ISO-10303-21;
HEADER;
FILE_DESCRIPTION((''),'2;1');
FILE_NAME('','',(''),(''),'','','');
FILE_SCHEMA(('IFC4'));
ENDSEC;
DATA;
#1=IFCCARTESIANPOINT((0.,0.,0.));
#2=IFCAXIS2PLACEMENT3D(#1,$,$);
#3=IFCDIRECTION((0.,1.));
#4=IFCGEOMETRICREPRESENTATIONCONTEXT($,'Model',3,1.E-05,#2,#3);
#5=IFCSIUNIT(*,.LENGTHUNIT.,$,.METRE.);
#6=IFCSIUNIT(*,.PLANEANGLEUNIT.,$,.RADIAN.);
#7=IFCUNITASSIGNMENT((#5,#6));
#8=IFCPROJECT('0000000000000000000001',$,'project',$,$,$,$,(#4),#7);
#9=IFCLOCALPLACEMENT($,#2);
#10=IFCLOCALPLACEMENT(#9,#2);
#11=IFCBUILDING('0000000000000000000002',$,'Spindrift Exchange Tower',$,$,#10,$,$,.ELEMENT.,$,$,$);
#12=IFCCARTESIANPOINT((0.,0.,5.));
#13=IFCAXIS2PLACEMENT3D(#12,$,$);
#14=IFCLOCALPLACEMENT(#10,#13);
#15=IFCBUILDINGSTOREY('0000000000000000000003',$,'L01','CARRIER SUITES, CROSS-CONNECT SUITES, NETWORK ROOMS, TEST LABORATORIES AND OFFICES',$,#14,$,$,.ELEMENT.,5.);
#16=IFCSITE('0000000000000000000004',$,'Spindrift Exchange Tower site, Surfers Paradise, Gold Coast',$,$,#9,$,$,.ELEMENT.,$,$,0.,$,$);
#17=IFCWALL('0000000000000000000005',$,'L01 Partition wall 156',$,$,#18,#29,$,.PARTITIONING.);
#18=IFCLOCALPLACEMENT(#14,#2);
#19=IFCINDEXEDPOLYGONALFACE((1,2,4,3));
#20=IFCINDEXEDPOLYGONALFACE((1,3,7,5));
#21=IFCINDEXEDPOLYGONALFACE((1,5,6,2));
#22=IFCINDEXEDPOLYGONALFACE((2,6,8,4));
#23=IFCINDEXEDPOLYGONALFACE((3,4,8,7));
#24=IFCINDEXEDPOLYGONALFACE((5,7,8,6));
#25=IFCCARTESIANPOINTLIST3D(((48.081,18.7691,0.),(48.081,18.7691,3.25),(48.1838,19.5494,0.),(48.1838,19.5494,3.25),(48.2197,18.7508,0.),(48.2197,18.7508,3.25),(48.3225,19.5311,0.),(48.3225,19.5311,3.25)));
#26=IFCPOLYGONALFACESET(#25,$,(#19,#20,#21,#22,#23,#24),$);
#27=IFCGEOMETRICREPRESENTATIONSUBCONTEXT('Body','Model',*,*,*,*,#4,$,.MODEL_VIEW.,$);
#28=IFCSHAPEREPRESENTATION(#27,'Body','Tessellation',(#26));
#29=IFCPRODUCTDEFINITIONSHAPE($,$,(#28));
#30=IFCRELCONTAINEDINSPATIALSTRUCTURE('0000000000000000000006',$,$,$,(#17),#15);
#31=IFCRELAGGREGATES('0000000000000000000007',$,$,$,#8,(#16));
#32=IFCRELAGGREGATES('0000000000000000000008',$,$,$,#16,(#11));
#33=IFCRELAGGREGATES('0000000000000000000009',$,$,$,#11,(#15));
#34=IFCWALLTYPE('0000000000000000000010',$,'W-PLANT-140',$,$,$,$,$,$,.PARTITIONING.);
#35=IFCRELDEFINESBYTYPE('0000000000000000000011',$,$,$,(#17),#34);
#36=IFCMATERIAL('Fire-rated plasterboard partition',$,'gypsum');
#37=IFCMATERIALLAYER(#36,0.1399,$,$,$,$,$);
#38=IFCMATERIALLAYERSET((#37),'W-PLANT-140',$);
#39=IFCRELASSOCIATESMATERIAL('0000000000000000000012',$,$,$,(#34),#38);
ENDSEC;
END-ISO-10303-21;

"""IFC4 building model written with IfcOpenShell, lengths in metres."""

from ifc_helpers import new_model, si_unit, direction, frame, frame_2d, origin, place, context, subcontext, project, spatial, rectangle, extrude, material, layer, layer_set, type_object, element, save


model = new_model("IFC4")

# Units and contexts
model_context = context("Model", 3, precision=1e-05, world=origin(), true_north=direction((0.0, 1.0)))
body_context = subcontext(model_context, "Body", "Model", "MODEL_VIEW")
ifc_project = project(units=[si_unit("LENGTHUNIT", "METRE"), si_unit("PLANEANGLEUNIT", "RADIAN")], contexts=[model_context])

# Site, building, storey
site_placement = place(None, origin())
site = spatial("IfcSite", under=ifc_project, at=site_placement, Name="Spindrift Exchange Tower site, Surfers Paradise, Gold Coast", CompositionType="ELEMENT", RefElevation=0.0)
building_placement = place(site_placement, origin())
building = spatial("IfcBuilding", under=site, at=building_placement, Name="Spindrift Exchange Tower", CompositionType="ELEMENT")
storey_placement = place(building_placement, frame((0.0, 0.0, 5.0)))
storey = spatial("IfcBuildingStorey", under=building, at=storey_placement, Name="L01", Description="CARRIER SUITES, CROSS-CONNECT SUITES, NETWORK ROOMS, TEST LABORATORIES AND OFFICES", CompositionType="ELEMENT", Elevation=5.0)

# Wall
ifc_material_1 = material(Name="Fire-rated plasterboard partition", Category="gypsum")
ifc_layer_1 = layer(ifc_material_1, 0.1399)
ifc_layer_set_1 = layer_set([ifc_layer_1], Name="W-PLANT-140")
wall_type = type_object("IfcWallType", Name="W-PLANT-140", PredefinedType="PARTITIONING", material=ifc_layer_set_1)
wall_1_placement = place(storey_placement, frame((48.2532, 19.5403, 0.0), z_axis=(0.0, 0.0, 1.0), x_axis=(-0.130599, -0.991435, 0.0)))
element("IfcWall", 1, at=wall_1_placement, inside=storey, type_object=wall_type, Name="L01 Partition wall 156", PredefinedType="PARTITIONING", context=body_context, shape_type="SweptSolid", body=[
    extrude(rectangle(XDim=0.7871, YDim=0.1399, at=frame_2d((0.3936, 0.0))), origin(), (0.0, 0.0, 1.0), 3.25),
])

save(model, "model.ifc")
